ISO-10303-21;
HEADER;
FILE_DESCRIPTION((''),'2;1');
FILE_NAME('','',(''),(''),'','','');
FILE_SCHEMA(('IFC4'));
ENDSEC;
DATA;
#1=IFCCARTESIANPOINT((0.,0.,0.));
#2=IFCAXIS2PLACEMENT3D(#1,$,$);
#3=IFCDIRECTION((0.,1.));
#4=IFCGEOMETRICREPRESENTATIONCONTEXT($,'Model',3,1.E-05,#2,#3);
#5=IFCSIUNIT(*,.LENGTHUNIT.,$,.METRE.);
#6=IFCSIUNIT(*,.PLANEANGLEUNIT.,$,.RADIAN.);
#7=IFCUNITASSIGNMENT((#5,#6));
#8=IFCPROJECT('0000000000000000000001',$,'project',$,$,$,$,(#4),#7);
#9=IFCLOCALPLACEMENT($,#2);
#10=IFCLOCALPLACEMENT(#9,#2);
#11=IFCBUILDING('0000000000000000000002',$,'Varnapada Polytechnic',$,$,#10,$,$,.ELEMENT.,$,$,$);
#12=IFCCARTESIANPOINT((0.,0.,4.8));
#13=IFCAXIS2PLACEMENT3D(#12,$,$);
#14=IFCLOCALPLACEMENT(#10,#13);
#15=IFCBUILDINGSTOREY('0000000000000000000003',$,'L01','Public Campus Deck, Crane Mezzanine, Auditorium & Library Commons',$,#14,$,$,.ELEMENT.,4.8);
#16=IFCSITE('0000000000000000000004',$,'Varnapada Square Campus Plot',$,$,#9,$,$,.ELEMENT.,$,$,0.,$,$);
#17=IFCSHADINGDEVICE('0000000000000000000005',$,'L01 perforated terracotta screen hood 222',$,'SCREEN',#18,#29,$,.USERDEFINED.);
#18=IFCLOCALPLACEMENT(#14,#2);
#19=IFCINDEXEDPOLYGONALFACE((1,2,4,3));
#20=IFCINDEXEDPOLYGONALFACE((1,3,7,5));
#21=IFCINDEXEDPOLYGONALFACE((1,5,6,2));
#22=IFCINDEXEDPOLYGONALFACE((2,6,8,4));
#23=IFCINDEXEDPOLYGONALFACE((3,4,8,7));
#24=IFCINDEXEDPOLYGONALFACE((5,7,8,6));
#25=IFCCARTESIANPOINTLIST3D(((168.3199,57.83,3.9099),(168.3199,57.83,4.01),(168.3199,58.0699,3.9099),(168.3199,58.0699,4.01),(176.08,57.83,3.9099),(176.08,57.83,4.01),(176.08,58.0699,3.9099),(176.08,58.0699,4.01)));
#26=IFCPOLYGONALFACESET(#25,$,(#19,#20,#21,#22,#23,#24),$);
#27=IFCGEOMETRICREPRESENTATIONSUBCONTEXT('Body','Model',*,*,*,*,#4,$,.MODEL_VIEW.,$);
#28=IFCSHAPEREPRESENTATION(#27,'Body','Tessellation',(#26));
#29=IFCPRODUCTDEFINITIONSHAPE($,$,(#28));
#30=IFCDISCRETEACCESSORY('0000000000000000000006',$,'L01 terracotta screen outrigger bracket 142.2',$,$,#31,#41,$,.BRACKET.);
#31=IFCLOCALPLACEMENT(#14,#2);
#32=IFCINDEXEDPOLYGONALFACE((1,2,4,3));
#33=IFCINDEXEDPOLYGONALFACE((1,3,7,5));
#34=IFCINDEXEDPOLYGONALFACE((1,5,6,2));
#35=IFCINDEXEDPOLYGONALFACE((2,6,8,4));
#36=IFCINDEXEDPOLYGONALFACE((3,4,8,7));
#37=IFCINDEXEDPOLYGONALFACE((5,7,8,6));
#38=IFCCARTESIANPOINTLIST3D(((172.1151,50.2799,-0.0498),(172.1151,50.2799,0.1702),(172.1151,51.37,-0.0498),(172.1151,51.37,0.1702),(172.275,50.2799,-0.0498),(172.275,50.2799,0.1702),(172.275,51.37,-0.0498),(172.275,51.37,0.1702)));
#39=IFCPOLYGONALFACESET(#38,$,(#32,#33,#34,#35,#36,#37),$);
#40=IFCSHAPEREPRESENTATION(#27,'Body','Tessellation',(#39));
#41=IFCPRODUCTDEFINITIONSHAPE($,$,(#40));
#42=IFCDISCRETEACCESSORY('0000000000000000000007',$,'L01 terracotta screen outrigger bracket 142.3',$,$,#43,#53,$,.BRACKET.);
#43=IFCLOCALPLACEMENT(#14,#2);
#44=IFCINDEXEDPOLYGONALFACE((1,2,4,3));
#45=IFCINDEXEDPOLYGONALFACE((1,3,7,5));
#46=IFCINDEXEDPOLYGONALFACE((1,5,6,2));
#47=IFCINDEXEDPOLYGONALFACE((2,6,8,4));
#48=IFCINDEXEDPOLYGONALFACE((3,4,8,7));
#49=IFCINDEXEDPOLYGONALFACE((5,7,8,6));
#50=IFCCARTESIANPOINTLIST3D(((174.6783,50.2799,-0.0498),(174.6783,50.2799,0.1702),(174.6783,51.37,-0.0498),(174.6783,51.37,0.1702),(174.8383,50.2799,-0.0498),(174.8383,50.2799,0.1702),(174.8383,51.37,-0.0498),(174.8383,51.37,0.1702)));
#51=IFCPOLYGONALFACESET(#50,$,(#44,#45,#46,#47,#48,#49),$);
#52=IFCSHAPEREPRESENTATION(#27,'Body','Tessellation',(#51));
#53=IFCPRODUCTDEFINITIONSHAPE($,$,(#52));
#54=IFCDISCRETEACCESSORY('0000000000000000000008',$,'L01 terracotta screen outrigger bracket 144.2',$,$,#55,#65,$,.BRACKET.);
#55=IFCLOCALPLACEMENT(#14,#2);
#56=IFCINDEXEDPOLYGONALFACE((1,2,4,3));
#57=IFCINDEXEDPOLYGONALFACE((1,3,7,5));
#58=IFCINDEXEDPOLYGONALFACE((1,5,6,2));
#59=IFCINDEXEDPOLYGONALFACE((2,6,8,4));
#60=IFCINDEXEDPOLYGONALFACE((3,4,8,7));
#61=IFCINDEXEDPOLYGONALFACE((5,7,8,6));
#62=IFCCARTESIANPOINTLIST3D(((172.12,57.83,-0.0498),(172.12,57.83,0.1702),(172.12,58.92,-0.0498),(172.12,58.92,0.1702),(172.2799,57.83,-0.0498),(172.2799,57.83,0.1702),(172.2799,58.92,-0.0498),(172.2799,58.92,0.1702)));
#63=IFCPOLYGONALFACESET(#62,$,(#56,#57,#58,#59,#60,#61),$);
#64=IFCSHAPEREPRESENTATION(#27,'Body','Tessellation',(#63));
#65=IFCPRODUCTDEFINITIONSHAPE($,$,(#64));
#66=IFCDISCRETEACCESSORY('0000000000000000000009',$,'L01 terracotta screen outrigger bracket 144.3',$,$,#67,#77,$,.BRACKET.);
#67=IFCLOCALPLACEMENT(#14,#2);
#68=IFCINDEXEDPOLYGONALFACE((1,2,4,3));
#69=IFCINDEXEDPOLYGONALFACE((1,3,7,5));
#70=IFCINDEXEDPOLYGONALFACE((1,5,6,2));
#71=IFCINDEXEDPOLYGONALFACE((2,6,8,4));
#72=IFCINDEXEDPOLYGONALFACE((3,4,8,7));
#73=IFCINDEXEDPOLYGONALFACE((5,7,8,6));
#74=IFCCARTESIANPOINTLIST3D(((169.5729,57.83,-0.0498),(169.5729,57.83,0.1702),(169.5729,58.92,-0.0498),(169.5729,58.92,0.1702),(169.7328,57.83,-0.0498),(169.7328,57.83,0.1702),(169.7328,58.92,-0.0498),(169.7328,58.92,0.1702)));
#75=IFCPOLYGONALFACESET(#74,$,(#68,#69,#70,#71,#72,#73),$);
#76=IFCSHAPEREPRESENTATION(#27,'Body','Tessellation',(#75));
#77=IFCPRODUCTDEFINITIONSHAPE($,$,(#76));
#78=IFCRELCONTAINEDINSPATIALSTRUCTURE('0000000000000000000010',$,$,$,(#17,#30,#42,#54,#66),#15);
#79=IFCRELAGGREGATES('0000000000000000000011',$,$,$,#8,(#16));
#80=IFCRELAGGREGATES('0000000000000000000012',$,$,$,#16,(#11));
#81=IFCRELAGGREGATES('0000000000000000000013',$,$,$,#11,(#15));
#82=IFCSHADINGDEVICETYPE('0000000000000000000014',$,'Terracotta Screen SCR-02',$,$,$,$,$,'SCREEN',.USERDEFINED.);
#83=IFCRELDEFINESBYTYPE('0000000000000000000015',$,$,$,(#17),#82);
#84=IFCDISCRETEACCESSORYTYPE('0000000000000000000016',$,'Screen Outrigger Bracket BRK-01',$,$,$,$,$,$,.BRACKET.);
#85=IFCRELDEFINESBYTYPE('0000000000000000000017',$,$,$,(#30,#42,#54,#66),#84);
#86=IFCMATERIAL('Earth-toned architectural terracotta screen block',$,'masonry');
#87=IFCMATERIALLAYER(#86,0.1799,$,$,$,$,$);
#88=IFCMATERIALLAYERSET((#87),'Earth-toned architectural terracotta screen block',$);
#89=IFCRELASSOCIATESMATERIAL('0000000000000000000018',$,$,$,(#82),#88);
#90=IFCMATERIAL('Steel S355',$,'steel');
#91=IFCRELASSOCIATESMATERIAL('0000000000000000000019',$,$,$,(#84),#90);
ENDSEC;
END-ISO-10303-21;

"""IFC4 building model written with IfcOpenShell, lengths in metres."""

from ifc_helpers import new_model, si_unit, direction, frame, origin, origin_2d, place, context, subcontext, project, spatial, rectangle, extrude, material, layer, layer_set, type_object, element, save


model = new_model("IFC4")

# Units and contexts
model_context = context("Model", 3, precision=1e-05, world=origin(), true_north=direction((0.0, 1.0)))
body_context = subcontext(model_context, "Body", "Model", "MODEL_VIEW")
ifc_project = project(units=[si_unit("LENGTHUNIT", "METRE"), si_unit("PLANEANGLEUNIT", "RADIAN")], contexts=[model_context])

# Site, building, storey
site_placement = place(None, origin())
site = spatial("IfcSite", under=ifc_project, at=site_placement, Name="Varnapada Square Campus Plot", CompositionType="ELEMENT", RefElevation=0.0)
building_placement = place(site_placement, origin())
building = spatial("IfcBuilding", under=site, at=building_placement, Name="Varnapada Polytechnic", CompositionType="ELEMENT")
storey_placement = place(building_placement, frame((0.0, 0.0, 4.8)))
storey = spatial("IfcBuildingStorey", under=building, at=storey_placement, Name="L01", Description="Public Campus Deck, Crane Mezzanine, Auditorium & Library Commons", CompositionType="ELEMENT", Elevation=4.8)

# Shared definitions
ifc_material_1 = material(Name="Earth-toned architectural terracotta screen block", Category="masonry")

# Shading device
ifc_layer_1 = layer(ifc_material_1, 0.1799)
ifc_layer_set_1 = layer_set([ifc_layer_1], Name="Earth-toned architectural terracotta screen block")
shading_device_type = type_object("IfcShadingDeviceType", Name="Terracotta Screen SCR-02", ElementType="SCREEN", PredefinedType="USERDEFINED", material=ifc_layer_set_1)
shading_device_1_placement = place(storey_placement, frame((172.2, 57.95, 3.9099), z_axis=(0.0, 0.0, 1.0), x_axis=(-1.0, 0.0, 0.0)))
element("IfcShadingDevice", 1, at=shading_device_1_placement, inside=storey, type_object=shading_device_type, Name="L01 perforated terracotta screen hood 222", ObjectType="SCREEN", PredefinedType="USERDEFINED", context=body_context, shape_type="SweptSolid", body=[
    extrude(rectangle(XDim=7.76, YDim=0.24, at=origin_2d()), origin(), (0.0, 0.0, 1.0), 0.1001),
])

# Discrete accessories
ifc_material_2 = material(Name="Steel S355", Category="steel")
discrete_accessory_type = type_object("IfcDiscreteAccessoryType", Name="Screen Outrigger Bracket BRK-01", PredefinedType="BRACKET", material=ifc_material_2)
for number, where, z_axis, x_axis, name in (
    (2, (172.1951, 50.825, -0.0498), (0.0, 0.0, 1.0), (1.0, 0.0, 0.0), "L01 terracotta screen outrigger bracket 142.2"),
    (3, (174.7583, 50.825, -0.0498), (0.0, 0.0, 1.0), (1.0, 0.0, 0.0), "L01 terracotta screen outrigger bracket 142.3"),
    (4, (172.2, 58.375, -0.0498), (0.0, 0.0, 1.0), (-1.0, 0.0, 0.0), "L01 terracotta screen outrigger bracket 144.2"),
    (5, (169.6528, 58.375, -0.0498), (0.0, 0.0, 1.0), (-1.0, 0.0, 0.0), "L01 terracotta screen outrigger bracket 144.3"),
):
    element("IfcDiscreteAccessory", number, at=place(storey_placement, frame(where, z_axis=z_axis, x_axis=x_axis)), inside=storey, type_object=discrete_accessory_type, Name=name, PredefinedType="BRACKET", context=body_context, shape_type="SweptSolid", body=[
        extrude(rectangle(XDim=0.1599, YDim=1.0901, at=origin_2d()), origin(), (0.0, 0.0, 1.0), 0.22),
    ])

save(model, "model.ifc")
